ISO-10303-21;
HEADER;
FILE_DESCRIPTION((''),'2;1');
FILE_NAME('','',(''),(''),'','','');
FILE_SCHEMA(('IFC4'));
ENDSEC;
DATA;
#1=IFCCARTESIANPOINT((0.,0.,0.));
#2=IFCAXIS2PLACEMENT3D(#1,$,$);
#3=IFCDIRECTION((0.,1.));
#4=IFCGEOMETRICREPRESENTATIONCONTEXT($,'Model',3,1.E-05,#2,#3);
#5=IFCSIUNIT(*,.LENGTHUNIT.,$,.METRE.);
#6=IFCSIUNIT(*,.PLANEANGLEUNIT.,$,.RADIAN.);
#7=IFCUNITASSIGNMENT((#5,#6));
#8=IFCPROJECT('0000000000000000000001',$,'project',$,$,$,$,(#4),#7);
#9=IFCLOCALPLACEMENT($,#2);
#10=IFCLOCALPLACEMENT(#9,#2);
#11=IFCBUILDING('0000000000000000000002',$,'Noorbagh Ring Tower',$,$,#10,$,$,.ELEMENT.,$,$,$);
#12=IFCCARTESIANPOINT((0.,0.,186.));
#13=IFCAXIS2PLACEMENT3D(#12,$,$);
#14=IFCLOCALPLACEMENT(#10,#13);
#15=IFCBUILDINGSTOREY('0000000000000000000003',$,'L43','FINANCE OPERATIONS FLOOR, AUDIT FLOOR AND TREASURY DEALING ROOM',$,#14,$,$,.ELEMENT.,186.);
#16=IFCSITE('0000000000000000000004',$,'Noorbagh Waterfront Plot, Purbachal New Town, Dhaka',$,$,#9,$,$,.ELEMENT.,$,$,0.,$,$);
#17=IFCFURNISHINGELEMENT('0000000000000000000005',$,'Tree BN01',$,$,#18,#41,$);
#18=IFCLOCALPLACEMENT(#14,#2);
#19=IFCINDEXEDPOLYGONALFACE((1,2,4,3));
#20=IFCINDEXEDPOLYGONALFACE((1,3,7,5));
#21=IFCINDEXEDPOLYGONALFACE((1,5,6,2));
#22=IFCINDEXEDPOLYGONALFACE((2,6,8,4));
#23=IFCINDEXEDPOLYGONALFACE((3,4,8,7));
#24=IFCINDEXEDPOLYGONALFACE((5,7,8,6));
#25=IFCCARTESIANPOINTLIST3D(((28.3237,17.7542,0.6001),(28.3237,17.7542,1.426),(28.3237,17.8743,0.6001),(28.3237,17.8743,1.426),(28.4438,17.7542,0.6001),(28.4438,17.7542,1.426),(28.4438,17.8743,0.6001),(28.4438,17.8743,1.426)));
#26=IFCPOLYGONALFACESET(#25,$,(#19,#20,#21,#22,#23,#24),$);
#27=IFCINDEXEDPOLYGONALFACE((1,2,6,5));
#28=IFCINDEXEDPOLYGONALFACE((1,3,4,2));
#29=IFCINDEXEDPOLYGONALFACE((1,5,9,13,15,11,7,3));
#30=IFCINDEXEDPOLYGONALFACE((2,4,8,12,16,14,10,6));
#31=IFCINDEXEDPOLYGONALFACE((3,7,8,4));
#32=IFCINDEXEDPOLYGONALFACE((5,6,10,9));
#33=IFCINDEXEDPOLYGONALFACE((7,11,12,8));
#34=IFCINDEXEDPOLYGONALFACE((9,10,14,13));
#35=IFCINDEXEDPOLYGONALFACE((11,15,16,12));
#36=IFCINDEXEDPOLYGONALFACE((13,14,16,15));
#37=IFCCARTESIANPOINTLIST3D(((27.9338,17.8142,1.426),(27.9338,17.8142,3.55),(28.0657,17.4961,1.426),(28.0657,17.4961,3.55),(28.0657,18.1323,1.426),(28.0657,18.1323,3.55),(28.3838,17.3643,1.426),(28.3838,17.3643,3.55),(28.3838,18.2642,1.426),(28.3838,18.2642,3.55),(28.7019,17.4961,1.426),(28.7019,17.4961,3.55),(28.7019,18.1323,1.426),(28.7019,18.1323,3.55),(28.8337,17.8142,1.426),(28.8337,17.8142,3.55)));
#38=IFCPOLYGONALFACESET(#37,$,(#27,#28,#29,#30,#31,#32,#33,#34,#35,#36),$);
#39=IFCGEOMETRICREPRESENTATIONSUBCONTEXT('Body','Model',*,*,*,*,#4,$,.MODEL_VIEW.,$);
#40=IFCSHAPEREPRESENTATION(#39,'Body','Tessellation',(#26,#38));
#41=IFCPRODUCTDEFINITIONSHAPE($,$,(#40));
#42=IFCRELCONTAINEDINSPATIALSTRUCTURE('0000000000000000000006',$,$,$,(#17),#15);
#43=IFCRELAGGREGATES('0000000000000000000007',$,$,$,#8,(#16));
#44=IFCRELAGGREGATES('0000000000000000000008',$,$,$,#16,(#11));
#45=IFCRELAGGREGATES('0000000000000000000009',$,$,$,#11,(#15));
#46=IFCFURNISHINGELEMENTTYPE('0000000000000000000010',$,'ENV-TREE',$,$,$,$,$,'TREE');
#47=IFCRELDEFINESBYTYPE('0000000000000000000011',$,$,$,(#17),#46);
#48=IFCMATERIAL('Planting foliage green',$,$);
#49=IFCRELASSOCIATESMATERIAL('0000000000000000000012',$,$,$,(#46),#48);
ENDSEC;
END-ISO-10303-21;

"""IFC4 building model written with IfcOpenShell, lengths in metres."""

from ifc_helpers import new_model, si_unit, direction, frame, origin, origin_2d, place, context, subcontext, project, spatial, polyline, rectangle, outline, extrude, material, type_object, element, save


model = new_model("IFC4")

# Units and contexts
model_context = context("Model", 3, precision=1e-05, world=origin(), true_north=direction((0.0, 1.0)))
body_context = subcontext(model_context, "Body", "Model", "MODEL_VIEW")
ifc_project = project(units=[si_unit("LENGTHUNIT", "METRE"), si_unit("PLANEANGLEUNIT", "RADIAN")], contexts=[model_context])

# Site, building, storey
site_placement = place(None, origin())
site = spatial("IfcSite", under=ifc_project, at=site_placement, Name="Noorbagh Waterfront Plot, Purbachal New Town, Dhaka", CompositionType="ELEMENT", RefElevation=0.0)
building_placement = place(site_placement, origin())
building = spatial("IfcBuilding", under=site, at=building_placement, Name="Noorbagh Ring Tower", CompositionType="ELEMENT")
storey_placement = place(building_placement, frame((0.0, 0.0, 186.0)))
storey = spatial("IfcBuildingStorey", under=building, at=storey_placement, Name="L43", Description="FINANCE OPERATIONS FLOOR, AUDIT FLOOR AND TREASURY DEALING ROOM", CompositionType="ELEMENT", Elevation=186.0)

# Furnishing element
ifc_material_1 = material(Name="Planting foliage green")
furnishing_element_type = type_object("IfcFurnishingElementType", Name="ENV-TREE", ElementType="TREE", material=ifc_material_1)
furnishing_placement = place(storey_placement, frame((28.3838, 17.8142, 0.6001), z_axis=(0.0, 0.0, 1.0), x_axis=(1.0, 0.0, 0.0)))
element("IfcFurnishingElement", 1, at=furnishing_placement, inside=storey, type_object=furnishing_element_type, Name="Tree BN01", context=body_context, shape_type="SweptSolid", body=[
    extrude(rectangle(XDim=0.1201, YDim=0.1201, at=origin_2d()), origin(), (0.0, 0.0, 1.0), 0.8259),
    extrude(outline(polyline([(0.45, 0.0), (0.3181, 0.3181), (0.0, 0.45), (-0.3181, 0.3181), (-0.45, 0.0), (-0.3181, -0.3181), (0.0, -0.45), (0.3181, -0.3181), (0.45, 0.0)])), frame((0.0, 0.0, 0.8259)), (0.0, 0.0, 1.0), 2.124),
])

save(model, "model.ifc")
